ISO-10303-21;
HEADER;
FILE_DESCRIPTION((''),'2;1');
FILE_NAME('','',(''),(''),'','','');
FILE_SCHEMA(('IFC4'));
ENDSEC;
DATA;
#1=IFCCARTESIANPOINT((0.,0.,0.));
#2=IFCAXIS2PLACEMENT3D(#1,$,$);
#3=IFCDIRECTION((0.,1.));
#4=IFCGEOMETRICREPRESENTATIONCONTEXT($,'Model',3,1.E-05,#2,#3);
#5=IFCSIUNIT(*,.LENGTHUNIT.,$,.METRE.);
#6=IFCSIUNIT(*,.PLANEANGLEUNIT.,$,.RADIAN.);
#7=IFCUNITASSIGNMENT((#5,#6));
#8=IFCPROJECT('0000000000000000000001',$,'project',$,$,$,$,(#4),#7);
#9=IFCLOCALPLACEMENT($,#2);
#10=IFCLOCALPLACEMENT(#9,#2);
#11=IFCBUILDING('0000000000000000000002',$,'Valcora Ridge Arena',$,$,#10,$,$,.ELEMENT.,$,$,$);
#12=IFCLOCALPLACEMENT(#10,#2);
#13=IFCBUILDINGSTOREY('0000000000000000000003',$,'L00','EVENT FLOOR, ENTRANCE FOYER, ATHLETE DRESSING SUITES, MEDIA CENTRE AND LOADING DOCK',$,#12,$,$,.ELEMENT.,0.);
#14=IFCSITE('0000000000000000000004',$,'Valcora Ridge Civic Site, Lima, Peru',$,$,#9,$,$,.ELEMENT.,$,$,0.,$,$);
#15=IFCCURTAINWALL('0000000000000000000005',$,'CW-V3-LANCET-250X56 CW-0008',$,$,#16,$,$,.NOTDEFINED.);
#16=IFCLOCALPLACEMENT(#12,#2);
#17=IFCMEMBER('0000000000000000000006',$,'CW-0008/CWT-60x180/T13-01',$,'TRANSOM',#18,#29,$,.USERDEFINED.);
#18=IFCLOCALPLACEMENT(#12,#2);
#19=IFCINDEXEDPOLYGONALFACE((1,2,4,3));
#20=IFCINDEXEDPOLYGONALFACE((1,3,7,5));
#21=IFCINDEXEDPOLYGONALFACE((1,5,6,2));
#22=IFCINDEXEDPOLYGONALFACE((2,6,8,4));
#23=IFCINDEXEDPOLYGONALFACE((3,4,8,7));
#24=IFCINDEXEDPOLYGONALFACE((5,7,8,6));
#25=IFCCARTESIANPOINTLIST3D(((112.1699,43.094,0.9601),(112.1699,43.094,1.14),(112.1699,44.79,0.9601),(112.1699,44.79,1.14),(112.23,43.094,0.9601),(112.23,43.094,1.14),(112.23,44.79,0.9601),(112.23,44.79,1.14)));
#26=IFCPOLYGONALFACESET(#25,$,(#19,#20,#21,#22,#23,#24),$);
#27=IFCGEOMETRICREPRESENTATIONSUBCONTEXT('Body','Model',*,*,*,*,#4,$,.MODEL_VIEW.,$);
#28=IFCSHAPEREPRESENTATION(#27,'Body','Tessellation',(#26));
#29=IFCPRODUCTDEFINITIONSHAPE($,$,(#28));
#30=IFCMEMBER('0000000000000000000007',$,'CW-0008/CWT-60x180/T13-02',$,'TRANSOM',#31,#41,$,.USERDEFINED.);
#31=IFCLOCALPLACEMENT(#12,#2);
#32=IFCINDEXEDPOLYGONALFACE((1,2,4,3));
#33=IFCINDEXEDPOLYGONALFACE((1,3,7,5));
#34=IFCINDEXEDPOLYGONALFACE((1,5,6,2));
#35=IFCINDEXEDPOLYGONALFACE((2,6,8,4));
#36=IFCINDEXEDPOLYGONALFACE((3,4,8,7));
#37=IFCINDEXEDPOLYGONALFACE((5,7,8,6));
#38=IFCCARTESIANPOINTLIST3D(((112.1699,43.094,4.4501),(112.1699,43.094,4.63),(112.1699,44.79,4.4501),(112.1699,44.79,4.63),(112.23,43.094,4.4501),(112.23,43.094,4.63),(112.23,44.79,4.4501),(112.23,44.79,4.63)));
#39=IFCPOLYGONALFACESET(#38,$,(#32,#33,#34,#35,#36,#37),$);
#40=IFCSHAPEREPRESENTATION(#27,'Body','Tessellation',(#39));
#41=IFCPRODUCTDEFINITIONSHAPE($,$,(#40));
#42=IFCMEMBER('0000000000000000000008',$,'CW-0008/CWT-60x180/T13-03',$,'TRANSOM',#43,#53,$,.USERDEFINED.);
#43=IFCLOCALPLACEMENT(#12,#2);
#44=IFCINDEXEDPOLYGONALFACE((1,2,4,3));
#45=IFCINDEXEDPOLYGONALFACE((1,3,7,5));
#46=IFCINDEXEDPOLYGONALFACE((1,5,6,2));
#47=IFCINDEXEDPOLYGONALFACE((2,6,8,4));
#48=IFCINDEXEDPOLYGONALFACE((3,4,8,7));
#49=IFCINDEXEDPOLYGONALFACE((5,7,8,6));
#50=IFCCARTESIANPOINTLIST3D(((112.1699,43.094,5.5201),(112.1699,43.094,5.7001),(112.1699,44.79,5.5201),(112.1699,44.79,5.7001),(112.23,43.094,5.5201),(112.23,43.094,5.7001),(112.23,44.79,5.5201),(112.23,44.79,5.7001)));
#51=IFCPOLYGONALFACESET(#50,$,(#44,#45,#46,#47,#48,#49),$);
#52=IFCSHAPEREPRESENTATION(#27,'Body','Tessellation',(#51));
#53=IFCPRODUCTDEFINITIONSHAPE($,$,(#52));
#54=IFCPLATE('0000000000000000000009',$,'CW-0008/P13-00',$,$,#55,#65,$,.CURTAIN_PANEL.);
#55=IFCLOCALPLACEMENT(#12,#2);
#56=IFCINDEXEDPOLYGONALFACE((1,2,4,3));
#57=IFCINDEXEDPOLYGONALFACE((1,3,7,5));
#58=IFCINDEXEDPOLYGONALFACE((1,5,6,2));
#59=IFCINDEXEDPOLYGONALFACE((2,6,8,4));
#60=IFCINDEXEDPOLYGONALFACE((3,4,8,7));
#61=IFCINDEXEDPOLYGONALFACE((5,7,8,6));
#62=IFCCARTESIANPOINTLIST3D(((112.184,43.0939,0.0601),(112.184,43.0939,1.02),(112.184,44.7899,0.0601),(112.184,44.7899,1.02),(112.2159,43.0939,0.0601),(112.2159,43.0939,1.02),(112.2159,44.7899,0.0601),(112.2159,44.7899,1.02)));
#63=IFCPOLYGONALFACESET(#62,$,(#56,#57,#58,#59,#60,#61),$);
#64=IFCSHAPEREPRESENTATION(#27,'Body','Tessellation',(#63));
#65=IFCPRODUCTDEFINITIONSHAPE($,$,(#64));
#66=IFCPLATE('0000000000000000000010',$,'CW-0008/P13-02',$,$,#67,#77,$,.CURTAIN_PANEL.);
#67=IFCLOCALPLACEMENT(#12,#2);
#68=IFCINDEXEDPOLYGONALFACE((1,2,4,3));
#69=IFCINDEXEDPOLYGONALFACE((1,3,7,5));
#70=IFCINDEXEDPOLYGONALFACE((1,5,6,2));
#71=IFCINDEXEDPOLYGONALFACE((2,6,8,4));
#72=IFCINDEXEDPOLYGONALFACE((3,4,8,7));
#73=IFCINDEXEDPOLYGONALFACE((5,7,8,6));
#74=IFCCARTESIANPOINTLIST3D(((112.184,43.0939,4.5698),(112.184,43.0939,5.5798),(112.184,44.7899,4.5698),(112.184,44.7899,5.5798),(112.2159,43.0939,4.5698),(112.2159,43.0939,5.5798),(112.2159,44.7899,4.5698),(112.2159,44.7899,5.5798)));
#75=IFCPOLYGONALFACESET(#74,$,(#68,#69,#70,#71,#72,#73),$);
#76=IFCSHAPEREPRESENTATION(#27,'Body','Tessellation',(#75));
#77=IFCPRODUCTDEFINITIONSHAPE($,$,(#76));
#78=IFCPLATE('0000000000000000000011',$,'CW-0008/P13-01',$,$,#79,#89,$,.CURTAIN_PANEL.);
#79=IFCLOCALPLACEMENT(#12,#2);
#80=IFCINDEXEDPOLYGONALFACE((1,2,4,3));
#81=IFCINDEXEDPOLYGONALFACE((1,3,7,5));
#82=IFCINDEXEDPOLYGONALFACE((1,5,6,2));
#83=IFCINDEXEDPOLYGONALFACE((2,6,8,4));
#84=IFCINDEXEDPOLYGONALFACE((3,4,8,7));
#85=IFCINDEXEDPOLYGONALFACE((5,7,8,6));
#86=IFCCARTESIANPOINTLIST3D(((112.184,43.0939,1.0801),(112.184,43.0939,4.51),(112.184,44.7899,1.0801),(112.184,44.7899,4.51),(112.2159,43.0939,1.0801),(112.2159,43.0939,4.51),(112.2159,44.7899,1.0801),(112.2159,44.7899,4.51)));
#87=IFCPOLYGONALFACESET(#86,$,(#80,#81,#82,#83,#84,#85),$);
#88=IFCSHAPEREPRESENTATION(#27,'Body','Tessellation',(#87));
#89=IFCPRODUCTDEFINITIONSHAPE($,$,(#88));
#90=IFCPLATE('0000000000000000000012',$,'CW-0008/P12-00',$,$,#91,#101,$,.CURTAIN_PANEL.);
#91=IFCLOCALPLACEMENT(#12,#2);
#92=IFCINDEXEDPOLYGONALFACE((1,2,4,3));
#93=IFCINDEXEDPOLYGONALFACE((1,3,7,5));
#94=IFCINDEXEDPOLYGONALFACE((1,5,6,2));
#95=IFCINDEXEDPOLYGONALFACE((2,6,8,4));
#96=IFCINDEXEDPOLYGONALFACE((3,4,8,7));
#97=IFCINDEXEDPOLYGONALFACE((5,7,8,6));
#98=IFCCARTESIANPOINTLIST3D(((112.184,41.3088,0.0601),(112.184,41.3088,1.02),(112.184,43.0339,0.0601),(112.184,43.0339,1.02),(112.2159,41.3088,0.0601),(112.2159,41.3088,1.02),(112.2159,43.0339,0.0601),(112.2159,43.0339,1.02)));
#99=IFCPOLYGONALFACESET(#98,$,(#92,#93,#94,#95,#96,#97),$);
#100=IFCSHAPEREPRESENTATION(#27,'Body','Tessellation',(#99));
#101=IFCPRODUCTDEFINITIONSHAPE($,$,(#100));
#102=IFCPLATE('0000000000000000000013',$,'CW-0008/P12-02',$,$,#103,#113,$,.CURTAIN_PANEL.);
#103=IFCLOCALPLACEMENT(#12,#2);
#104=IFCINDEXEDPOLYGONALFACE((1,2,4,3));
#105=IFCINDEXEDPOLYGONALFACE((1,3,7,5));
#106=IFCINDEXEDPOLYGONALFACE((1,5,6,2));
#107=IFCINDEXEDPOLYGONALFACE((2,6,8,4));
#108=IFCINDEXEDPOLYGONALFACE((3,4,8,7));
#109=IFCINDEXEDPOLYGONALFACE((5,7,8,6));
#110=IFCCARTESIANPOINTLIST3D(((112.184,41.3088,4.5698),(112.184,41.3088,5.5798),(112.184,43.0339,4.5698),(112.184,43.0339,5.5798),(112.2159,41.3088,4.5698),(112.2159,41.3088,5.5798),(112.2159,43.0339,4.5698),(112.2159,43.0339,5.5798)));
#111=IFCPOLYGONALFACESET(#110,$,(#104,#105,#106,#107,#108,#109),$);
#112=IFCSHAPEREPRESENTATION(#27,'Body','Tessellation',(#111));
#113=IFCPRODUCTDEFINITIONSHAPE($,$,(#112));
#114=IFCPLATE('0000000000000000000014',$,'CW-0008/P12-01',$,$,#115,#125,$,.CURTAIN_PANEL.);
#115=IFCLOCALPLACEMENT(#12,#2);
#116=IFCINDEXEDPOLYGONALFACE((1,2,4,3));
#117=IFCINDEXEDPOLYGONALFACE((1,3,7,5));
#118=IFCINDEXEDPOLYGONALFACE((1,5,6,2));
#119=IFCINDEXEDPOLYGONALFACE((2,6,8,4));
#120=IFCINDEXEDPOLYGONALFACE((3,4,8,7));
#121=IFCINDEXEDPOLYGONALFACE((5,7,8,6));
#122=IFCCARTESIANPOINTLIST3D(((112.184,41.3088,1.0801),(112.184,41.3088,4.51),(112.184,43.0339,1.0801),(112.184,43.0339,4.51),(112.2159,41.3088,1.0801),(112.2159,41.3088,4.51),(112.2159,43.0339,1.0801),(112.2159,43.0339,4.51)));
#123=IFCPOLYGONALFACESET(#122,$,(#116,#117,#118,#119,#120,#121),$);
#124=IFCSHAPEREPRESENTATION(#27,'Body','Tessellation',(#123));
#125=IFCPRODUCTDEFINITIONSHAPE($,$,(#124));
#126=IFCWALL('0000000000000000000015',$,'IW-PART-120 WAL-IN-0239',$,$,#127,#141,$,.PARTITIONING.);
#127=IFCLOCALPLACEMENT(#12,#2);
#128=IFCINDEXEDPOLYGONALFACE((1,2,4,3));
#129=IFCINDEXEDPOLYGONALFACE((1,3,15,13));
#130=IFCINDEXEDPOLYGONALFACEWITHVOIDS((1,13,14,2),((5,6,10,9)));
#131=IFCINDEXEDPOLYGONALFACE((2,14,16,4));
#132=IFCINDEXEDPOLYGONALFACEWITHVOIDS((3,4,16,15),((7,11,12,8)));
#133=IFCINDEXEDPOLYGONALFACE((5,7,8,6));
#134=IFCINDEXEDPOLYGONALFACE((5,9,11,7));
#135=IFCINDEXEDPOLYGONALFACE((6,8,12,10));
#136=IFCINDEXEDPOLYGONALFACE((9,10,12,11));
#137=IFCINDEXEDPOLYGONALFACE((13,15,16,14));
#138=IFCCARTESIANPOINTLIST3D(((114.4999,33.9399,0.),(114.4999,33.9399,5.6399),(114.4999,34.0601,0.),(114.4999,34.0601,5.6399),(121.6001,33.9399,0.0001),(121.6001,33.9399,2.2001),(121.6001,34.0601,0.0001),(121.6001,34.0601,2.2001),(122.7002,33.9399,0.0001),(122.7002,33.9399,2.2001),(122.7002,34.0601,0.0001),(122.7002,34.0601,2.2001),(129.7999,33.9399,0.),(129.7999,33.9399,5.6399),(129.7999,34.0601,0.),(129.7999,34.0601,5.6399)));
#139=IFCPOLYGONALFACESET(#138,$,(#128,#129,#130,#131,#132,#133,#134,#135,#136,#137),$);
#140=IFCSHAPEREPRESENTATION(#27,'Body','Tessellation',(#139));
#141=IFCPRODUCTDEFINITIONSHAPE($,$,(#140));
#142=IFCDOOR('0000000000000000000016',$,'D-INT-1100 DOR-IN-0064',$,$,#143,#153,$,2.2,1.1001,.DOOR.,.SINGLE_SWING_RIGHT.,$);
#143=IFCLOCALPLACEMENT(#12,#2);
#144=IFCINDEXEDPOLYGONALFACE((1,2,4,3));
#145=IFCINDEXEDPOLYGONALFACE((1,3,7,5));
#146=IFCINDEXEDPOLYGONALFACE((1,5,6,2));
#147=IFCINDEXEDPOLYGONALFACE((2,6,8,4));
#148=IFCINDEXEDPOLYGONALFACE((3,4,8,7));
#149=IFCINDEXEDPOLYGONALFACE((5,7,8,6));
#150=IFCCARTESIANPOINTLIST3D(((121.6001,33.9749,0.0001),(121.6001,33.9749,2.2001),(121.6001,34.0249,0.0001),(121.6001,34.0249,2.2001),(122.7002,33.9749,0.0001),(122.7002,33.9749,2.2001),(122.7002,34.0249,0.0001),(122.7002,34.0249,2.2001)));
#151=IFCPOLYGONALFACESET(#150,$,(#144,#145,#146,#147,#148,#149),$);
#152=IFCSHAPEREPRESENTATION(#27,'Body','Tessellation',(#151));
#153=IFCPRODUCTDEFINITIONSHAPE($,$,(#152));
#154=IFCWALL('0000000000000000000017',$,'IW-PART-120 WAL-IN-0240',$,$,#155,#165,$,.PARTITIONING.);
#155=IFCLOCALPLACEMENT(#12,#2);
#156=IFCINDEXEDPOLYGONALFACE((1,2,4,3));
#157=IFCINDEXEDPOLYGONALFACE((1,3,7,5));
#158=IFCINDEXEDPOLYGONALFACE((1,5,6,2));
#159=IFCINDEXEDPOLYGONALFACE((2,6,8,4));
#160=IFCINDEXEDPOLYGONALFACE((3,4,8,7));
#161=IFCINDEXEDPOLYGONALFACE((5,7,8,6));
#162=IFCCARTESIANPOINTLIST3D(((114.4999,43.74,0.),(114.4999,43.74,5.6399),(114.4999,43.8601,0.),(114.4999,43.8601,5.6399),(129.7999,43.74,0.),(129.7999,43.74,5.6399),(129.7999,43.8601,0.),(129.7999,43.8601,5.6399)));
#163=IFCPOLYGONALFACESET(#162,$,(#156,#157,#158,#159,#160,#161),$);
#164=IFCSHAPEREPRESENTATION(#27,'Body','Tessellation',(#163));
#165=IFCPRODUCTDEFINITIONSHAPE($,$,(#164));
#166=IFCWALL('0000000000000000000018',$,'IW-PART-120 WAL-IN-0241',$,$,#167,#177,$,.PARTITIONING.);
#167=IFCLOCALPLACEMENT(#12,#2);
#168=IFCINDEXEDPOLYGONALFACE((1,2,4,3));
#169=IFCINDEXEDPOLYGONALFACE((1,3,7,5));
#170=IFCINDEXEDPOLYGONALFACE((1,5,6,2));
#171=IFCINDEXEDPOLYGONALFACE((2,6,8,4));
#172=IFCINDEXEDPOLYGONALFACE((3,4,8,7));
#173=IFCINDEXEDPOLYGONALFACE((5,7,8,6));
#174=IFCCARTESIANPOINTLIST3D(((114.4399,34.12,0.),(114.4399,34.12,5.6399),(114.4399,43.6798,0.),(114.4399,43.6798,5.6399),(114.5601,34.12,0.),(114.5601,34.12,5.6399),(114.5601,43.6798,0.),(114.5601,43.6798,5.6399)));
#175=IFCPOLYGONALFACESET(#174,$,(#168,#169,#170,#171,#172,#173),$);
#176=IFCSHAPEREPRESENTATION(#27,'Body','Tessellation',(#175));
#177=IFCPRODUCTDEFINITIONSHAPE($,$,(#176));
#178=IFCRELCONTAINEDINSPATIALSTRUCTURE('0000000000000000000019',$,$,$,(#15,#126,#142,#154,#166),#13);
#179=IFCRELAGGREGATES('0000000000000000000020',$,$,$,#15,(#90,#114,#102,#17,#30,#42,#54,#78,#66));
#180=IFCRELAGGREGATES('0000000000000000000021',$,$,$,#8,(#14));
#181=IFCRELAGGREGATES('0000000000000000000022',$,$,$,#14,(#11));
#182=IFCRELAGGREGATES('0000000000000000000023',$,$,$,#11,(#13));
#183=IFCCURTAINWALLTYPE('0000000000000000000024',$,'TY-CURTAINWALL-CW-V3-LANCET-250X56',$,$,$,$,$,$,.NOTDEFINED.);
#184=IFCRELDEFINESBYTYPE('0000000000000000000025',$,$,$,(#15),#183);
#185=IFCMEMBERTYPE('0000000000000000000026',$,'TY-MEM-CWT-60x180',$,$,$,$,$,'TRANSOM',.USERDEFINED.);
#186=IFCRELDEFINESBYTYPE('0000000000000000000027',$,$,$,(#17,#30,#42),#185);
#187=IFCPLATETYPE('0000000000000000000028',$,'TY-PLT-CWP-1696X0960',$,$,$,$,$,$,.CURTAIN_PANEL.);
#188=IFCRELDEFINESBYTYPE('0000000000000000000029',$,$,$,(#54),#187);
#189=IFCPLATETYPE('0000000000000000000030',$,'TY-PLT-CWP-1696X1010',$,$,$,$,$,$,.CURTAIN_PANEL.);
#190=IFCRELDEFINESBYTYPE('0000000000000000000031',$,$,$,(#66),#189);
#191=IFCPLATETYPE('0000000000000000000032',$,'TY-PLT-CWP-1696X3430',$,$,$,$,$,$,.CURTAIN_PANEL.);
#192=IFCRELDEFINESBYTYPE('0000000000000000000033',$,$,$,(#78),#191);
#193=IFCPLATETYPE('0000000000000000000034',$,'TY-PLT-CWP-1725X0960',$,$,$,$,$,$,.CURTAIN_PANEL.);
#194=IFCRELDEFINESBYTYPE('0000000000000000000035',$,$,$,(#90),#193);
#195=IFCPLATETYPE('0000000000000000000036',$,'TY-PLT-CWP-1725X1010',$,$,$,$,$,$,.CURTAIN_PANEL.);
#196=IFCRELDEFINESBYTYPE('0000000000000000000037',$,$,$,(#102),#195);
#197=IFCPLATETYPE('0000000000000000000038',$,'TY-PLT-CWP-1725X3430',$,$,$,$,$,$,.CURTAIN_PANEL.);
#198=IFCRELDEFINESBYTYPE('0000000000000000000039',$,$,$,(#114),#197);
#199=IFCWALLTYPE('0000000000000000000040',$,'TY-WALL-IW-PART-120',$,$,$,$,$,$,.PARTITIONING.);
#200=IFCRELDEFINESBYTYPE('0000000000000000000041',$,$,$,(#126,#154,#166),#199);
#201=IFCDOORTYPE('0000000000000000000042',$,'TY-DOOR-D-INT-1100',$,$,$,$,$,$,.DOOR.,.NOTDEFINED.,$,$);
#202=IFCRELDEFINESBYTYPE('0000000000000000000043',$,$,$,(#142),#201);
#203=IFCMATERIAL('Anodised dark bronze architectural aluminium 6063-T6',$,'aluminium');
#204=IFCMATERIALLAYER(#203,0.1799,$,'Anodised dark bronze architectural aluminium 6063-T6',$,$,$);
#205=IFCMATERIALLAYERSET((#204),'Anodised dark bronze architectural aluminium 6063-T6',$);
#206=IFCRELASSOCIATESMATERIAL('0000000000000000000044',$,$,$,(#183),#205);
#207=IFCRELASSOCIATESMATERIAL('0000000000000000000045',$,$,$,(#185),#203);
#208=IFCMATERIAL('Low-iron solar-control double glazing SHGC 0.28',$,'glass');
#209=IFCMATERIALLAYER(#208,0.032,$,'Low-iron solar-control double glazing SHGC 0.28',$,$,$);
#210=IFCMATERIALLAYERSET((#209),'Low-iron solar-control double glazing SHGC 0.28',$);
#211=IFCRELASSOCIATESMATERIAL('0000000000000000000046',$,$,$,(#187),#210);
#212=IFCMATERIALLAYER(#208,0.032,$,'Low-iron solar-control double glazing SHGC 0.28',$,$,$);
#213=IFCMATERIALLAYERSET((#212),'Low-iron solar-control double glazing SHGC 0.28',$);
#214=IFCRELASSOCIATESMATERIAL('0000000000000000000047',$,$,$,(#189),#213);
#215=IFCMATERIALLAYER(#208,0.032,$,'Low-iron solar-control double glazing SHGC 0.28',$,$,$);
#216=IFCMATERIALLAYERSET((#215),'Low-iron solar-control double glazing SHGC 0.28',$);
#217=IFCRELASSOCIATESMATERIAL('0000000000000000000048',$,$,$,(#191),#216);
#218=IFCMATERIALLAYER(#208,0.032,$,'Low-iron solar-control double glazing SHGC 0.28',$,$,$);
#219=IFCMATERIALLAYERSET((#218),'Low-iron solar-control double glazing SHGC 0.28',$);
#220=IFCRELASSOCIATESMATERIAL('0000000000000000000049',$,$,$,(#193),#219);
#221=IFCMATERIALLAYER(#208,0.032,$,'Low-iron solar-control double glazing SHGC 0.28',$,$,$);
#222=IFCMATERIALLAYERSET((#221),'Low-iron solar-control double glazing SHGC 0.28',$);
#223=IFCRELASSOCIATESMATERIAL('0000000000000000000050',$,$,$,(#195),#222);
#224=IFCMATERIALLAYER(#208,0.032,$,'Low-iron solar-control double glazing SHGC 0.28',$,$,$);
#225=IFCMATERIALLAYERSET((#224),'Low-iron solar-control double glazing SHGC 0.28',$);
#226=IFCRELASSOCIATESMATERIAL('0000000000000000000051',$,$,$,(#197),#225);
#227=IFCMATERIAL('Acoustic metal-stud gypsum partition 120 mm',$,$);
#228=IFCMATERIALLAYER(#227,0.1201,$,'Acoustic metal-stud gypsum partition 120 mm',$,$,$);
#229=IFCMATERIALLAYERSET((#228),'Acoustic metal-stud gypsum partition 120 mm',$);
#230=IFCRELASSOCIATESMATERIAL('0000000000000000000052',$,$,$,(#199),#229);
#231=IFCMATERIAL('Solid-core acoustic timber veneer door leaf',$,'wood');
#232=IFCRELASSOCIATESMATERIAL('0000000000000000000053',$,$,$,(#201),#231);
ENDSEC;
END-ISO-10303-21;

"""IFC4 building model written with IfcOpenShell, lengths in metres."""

from ifc_helpers import new_model, si_unit, direction, frame, frame_2d, origin, origin_2d, place, context, subcontext, project, spatial, rectangle, extrude, material, layer, layer_set, material_profile, profile_set, type_object, element, fill, aggregate, save


model = new_model("IFC4")

# Units and contexts
model_context = context("Model", 3, precision=1e-05, world=origin(), true_north=direction((0.0, 1.0)))
body_context = subcontext(model_context, "Body", "Model", "MODEL_VIEW")
ifc_project = project(units=[si_unit("LENGTHUNIT", "METRE"), si_unit("PLANEANGLEUNIT", "RADIAN")], contexts=[model_context])

# Site, building, storey
site_placement = place(None, origin())
site = spatial("IfcSite", under=ifc_project, at=site_placement, Name="Valcora Ridge Civic Site, Lima, Peru", CompositionType="ELEMENT", RefElevation=0.0)
building_placement = place(site_placement, origin())
building = spatial("IfcBuilding", under=site, at=building_placement, Name="Valcora Ridge Arena", CompositionType="ELEMENT")
storey_placement = place(building_placement, origin())
storey = spatial("IfcBuildingStorey", under=building, at=storey_placement, Name="L00", Description="EVENT FLOOR, ENTRANCE FOYER, ATHLETE DRESSING SUITES, MEDIA CENTRE AND LOADING DOCK", CompositionType="ELEMENT", Elevation=0.0)

# Curtain wall, members, plates
ifc_material_1 = material(Name="Anodised dark bronze architectural aluminium 6063-T6", Category="aluminium")
ifc_layer_1 = layer(ifc_material_1, 0.1799, Name="Anodised dark bronze architectural aluminium 6063-T6")
ifc_layer_set_1 = layer_set([ifc_layer_1], Name="Anodised dark bronze architectural aluminium 6063-T6")
curtain_wall_type = type_object("IfcCurtainWallType", Name="TY-CURTAINWALL-CW-V3-LANCET-250X56", PredefinedType="NOTDEFINED", material=ifc_layer_set_1)
curtain_wall_placement = place(storey_placement, origin())
curtain_wall = element("IfcCurtainWall", 1, at=curtain_wall_placement, inside=storey, type_object=curtain_wall_type, Name="CW-V3-LANCET-250X56 CW-0008", PredefinedType="NOTDEFINED")
ifc_material_profile_1 = material_profile(ifc_material_1, rectangle(XDim=0.0601, YDim=0.1799, at=origin_2d()), Name="ALU TRANSOM 60x180")
ifc_profile_set_1 = profile_set([ifc_material_profile_1], Name="Anodised dark bronze architectural aluminium 6063-T6")
member_type_1 = type_object("IfcMemberType", Name="TY-MEM-CWT-60x180", ElementType="TRANSOM", PredefinedType="USERDEFINED", material=ifc_profile_set_1)
member_1_placement = place(storey_placement, frame((112.2, 43.094, 1.05), z_axis=(0.0, 1.0, 0.0), x_axis=(-1.0, 0.0, 0.0)))
member_1 = element("IfcMember", 2, at=member_1_placement, type_object=member_type_1, Name="CW-0008/CWT-60x180/T13-01", ObjectType="TRANSOM", PredefinedType="USERDEFINED", context=body_context, shape_type="SweptSolid", body=[
    extrude(rectangle(XDim=0.0601, YDim=0.1799, at=origin_2d()), origin(), (0.0, 0.0, 1.0), 1.696),
])
member_2_placement = place(storey_placement, frame((112.2, 43.094, 4.54), z_axis=(0.0, 1.0, 0.0), x_axis=(-1.0, 0.0, 0.0)))
member_2 = element("IfcMember", 3, at=member_2_placement, type_object=member_type_1, Name="CW-0008/CWT-60x180/T13-02", ObjectType="TRANSOM", PredefinedType="USERDEFINED", context=body_context, shape_type="SweptSolid", body=[
    extrude(rectangle(XDim=0.0601, YDim=0.1799, at=origin_2d()), origin(), (0.0, 0.0, 1.0), 1.696),
])
member_3_placement = place(storey_placement, frame((112.2, 43.094, 5.6101), z_axis=(0.0, 1.0, 0.0), x_axis=(-1.0, 0.0, 0.0)))
member_3 = element("IfcMember", 4, at=member_3_placement, type_object=member_type_1, Name="CW-0008/CWT-60x180/T13-03", ObjectType="TRANSOM", PredefinedType="USERDEFINED", context=body_context, shape_type="SweptSolid", body=[
    extrude(rectangle(XDim=0.0601, YDim=0.1799, at=origin_2d()), origin(), (0.0, 0.0, 1.0), 1.696),
])
ifc_material_2 = material(Name="Low-iron solar-control double glazing SHGC 0.28", Category="glass")
ifc_layer_2 = layer(ifc_material_2, 0.032, Name="Low-iron solar-control double glazing SHGC 0.28")
ifc_layer_set_2 = layer_set([ifc_layer_2], Name="Low-iron solar-control double glazing SHGC 0.28")
plate_type_1 = type_object("IfcPlateType", Name="TY-PLT-CWP-1696X0960", PredefinedType="CURTAIN_PANEL", material=ifc_layer_set_2)
plate_1_placement = place(storey_placement, frame((112.2, 43.9419, 0.0601), z_axis=(0.0, 0.0, 1.0), x_axis=(0.0, 1.0, 0.0)))
plate_1 = element("IfcPlate", 5, at=plate_1_placement, type_object=plate_type_1, Name="CW-0008/P13-00", PredefinedType="CURTAIN_PANEL", context=body_context, shape_type="SweptSolid", body=[
    extrude(rectangle(XDim=1.696, YDim=0.032, at=origin_2d()), origin(), (0.0, 0.0, 1.0), 0.96),
])
ifc_layer_3 = layer(ifc_material_2, 0.032, Name="Low-iron solar-control double glazing SHGC 0.28")
ifc_layer_set_3 = layer_set([ifc_layer_3], Name="Low-iron solar-control double glazing SHGC 0.28")
plate_type_2 = type_object("IfcPlateType", Name="TY-PLT-CWP-1696X1010", PredefinedType="CURTAIN_PANEL", material=ifc_layer_set_3)
plate_2_placement = place(storey_placement, frame((112.2, 43.9419, 4.5698), z_axis=(0.0, 0.0, 1.0), x_axis=(0.0, 1.0, 0.0)))
plate_2 = element("IfcPlate", 6, at=plate_2_placement, type_object=plate_type_2, Name="CW-0008/P13-02", PredefinedType="CURTAIN_PANEL", context=body_context, shape_type="SweptSolid", body=[
    extrude(rectangle(XDim=1.696, YDim=0.032, at=origin_2d()), origin(), (0.0, 0.0, 1.0), 1.01),
])
ifc_layer_4 = layer(ifc_material_2, 0.032, Name="Low-iron solar-control double glazing SHGC 0.28")
ifc_layer_set_4 = layer_set([ifc_layer_4], Name="Low-iron solar-control double glazing SHGC 0.28")
plate_type_3 = type_object("IfcPlateType", Name="TY-PLT-CWP-1696X3430", PredefinedType="CURTAIN_PANEL", material=ifc_layer_set_4)
plate_3_placement = place(storey_placement, frame((112.2, 43.9419, 1.0801), z_axis=(0.0, 0.0, 1.0), x_axis=(0.0, 1.0, 0.0)))
plate_3 = element("IfcPlate", 7, at=plate_3_placement, type_object=plate_type_3, Name="CW-0008/P13-01", PredefinedType="CURTAIN_PANEL", context=body_context, shape_type="SweptSolid", body=[
    extrude(rectangle(XDim=1.696, YDim=0.032, at=origin_2d()), origin(), (0.0, 0.0, 1.0), 3.4299),
])
ifc_layer_5 = layer(ifc_material_2, 0.032, Name="Low-iron solar-control double glazing SHGC 0.28")
ifc_layer_set_5 = layer_set([ifc_layer_5], Name="Low-iron solar-control double glazing SHGC 0.28")
plate_type_4 = type_object("IfcPlateType", Name="TY-PLT-CWP-1725X0960", PredefinedType="CURTAIN_PANEL", material=ifc_layer_set_5)
plate_4_placement = place(storey_placement, frame((112.2, 42.1714, 0.0601), z_axis=(0.0, 0.0, 1.0), x_axis=(0.0, 1.0, 0.0)))
plate_4 = element("IfcPlate", 8, at=plate_4_placement, type_object=plate_type_4, Name="CW-0008/P12-00", PredefinedType="CURTAIN_PANEL", context=body_context, shape_type="SweptSolid", body=[
    extrude(rectangle(XDim=1.7251, YDim=0.032, at=origin_2d()), origin(), (0.0, 0.0, 1.0), 0.96),
])
ifc_layer_6 = layer(ifc_material_2, 0.032, Name="Low-iron solar-control double glazing SHGC 0.28")
ifc_layer_set_6 = layer_set([ifc_layer_6], Name="Low-iron solar-control double glazing SHGC 0.28")
plate_type_5 = type_object("IfcPlateType", Name="TY-PLT-CWP-1725X1010", PredefinedType="CURTAIN_PANEL", material=ifc_layer_set_6)
plate_5_placement = place(storey_placement, frame((112.2, 42.1714, 4.5698), z_axis=(0.0, 0.0, 1.0), x_axis=(0.0, 1.0, 0.0)))
plate_5 = element("IfcPlate", 9, at=plate_5_placement, type_object=plate_type_5, Name="CW-0008/P12-02", PredefinedType="CURTAIN_PANEL", context=body_context, shape_type="SweptSolid", body=[
    extrude(rectangle(XDim=1.7251, YDim=0.032, at=origin_2d()), origin(), (0.0, 0.0, 1.0), 1.01),
])
ifc_layer_7 = layer(ifc_material_2, 0.032, Name="Low-iron solar-control double glazing SHGC 0.28")
ifc_layer_set_7 = layer_set([ifc_layer_7], Name="Low-iron solar-control double glazing SHGC 0.28")
plate_type_6 = type_object("IfcPlateType", Name="TY-PLT-CWP-1725X3430", PredefinedType="CURTAIN_PANEL", material=ifc_layer_set_7)
plate_6_placement = place(storey_placement, frame((112.2, 42.1714, 1.0801), z_axis=(0.0, 0.0, 1.0), x_axis=(0.0, 1.0, 0.0)))
plate_6 = element("IfcPlate", 10, at=plate_6_placement, type_object=plate_type_6, Name="CW-0008/P12-01", PredefinedType="CURTAIN_PANEL", context=body_context, shape_type="SweptSolid", body=[
    extrude(rectangle(XDim=1.7251, YDim=0.032, at=origin_2d()), origin(), (0.0, 0.0, 1.0), 3.4299),
])
aggregate(curtain_wall, [plate_4, plate_6, plate_5, member_1, member_2, member_3, plate_1, plate_3, plate_2])

# Wall, opening, door
ifc_material_3 = material(Name="Acoustic metal-stud gypsum partition 120 mm")
ifc_layer_8 = layer(ifc_material_3, 0.1201, Name="Acoustic metal-stud gypsum partition 120 mm")
ifc_layer_set_8 = layer_set([ifc_layer_8], Name="Acoustic metal-stud gypsum partition 120 mm")
wall_type = type_object("IfcWallType", Name="TY-WALL-IW-PART-120", PredefinedType="PARTITIONING", material=ifc_layer_set_8)
wall_1_placement = place(storey_placement, frame((114.5, 34.0, 0.0), z_axis=(0.0, 0.0, 1.0), x_axis=(1.0, 0.0, 0.0)))
wall_1 = element("IfcWall", 11, at=wall_1_placement, inside=storey, type_object=wall_type, Name="IW-PART-120 WAL-IN-0239", PredefinedType="PARTITIONING", context=body_context, shape_type="SweptSolid", body=[
    extrude(rectangle(XDim=15.3, YDim=0.1201, at=frame_2d((7.6499, 0.0))), origin(), (0.0, 0.0, 1.0), 5.6399),
])
opening_placement = place(wall_1_placement, frame((7.1001, 0.0, 0.0)))
opening = element("IfcOpeningElement", 12, at=opening_placement, cuts=wall_1, PredefinedType="OPENING", context=body_context, shape_type="SweptSolid", body=[
    extrude(rectangle(XDim=1.1001, YDim=2.2, at=frame_2d((0.55, 1.1001))), frame((0.0, 0.0701, 0.0), z_axis=(0.0, -1.0, 0.0), x_axis=(1.0, 0.0, 0.0)), (0.0, 0.0, 1.0), 0.1401),
])
ifc_material_4 = material(Name="Solid-core acoustic timber veneer door leaf", Category="wood")
door_type = type_object("IfcDoorType", Name="TY-DOOR-D-INT-1100", OperationType="NOTDEFINED", PredefinedType="DOOR", material=ifc_material_4)
door_placement = place(opening_placement, origin())
door = element("IfcDoor", 13, at=door_placement, inside=storey, type_object=door_type, Name="D-INT-1100 DOR-IN-0064", OperationType="SINGLE_SWING_RIGHT", OverallHeight=2.2, OverallWidth=1.1001, PredefinedType="DOOR", context=body_context, shape_type="SweptSolid", body=[
    extrude(rectangle(XDim=1.1001, YDim=2.2, at=frame_2d((0.55, 1.1001))), frame((0.0, 0.0249, 0.0), z_axis=(0.0, -1.0, 0.0), x_axis=(1.0, 0.0, 0.0)), (0.0, 0.0, 1.0), 0.05),
])
fill(opening, door)

# Walls
wall_2_placement = place(storey_placement, frame((114.5, 43.8, 0.0), z_axis=(0.0, 0.0, 1.0), x_axis=(1.0, 0.0, 0.0)))
element("IfcWall", 14, at=wall_2_placement, inside=storey, type_object=wall_type, Name="IW-PART-120 WAL-IN-0240", PredefinedType="PARTITIONING", context=body_context, shape_type="SweptSolid", body=[
    extrude(rectangle(XDim=15.3, YDim=0.1201, at=frame_2d((7.6499, 0.0))), origin(), (0.0, 0.0, 1.0), 5.6399),
])
for number, where, z_axis, x_axis, name in (
    (15, (114.5, 34.1201, 0.0), (0.0, 0.0, 1.0), (0.0, 1.0, 0.0), "IW-PART-120 WAL-IN-0241"),
):
    element("IfcWall", number, at=place(storey_placement, frame(where, z_axis=z_axis, x_axis=x_axis)), inside=storey, type_object=wall_type, Name=name, PredefinedType="PARTITIONING", context=body_context, shape_type="SweptSolid", body=[
        extrude(rectangle(XDim=9.5598, YDim=0.1201, at=frame_2d((4.7798, 0.0))), origin(), (0.0, 0.0, 1.0), 5.6399),
    ])

save(model, "model.ifc")
